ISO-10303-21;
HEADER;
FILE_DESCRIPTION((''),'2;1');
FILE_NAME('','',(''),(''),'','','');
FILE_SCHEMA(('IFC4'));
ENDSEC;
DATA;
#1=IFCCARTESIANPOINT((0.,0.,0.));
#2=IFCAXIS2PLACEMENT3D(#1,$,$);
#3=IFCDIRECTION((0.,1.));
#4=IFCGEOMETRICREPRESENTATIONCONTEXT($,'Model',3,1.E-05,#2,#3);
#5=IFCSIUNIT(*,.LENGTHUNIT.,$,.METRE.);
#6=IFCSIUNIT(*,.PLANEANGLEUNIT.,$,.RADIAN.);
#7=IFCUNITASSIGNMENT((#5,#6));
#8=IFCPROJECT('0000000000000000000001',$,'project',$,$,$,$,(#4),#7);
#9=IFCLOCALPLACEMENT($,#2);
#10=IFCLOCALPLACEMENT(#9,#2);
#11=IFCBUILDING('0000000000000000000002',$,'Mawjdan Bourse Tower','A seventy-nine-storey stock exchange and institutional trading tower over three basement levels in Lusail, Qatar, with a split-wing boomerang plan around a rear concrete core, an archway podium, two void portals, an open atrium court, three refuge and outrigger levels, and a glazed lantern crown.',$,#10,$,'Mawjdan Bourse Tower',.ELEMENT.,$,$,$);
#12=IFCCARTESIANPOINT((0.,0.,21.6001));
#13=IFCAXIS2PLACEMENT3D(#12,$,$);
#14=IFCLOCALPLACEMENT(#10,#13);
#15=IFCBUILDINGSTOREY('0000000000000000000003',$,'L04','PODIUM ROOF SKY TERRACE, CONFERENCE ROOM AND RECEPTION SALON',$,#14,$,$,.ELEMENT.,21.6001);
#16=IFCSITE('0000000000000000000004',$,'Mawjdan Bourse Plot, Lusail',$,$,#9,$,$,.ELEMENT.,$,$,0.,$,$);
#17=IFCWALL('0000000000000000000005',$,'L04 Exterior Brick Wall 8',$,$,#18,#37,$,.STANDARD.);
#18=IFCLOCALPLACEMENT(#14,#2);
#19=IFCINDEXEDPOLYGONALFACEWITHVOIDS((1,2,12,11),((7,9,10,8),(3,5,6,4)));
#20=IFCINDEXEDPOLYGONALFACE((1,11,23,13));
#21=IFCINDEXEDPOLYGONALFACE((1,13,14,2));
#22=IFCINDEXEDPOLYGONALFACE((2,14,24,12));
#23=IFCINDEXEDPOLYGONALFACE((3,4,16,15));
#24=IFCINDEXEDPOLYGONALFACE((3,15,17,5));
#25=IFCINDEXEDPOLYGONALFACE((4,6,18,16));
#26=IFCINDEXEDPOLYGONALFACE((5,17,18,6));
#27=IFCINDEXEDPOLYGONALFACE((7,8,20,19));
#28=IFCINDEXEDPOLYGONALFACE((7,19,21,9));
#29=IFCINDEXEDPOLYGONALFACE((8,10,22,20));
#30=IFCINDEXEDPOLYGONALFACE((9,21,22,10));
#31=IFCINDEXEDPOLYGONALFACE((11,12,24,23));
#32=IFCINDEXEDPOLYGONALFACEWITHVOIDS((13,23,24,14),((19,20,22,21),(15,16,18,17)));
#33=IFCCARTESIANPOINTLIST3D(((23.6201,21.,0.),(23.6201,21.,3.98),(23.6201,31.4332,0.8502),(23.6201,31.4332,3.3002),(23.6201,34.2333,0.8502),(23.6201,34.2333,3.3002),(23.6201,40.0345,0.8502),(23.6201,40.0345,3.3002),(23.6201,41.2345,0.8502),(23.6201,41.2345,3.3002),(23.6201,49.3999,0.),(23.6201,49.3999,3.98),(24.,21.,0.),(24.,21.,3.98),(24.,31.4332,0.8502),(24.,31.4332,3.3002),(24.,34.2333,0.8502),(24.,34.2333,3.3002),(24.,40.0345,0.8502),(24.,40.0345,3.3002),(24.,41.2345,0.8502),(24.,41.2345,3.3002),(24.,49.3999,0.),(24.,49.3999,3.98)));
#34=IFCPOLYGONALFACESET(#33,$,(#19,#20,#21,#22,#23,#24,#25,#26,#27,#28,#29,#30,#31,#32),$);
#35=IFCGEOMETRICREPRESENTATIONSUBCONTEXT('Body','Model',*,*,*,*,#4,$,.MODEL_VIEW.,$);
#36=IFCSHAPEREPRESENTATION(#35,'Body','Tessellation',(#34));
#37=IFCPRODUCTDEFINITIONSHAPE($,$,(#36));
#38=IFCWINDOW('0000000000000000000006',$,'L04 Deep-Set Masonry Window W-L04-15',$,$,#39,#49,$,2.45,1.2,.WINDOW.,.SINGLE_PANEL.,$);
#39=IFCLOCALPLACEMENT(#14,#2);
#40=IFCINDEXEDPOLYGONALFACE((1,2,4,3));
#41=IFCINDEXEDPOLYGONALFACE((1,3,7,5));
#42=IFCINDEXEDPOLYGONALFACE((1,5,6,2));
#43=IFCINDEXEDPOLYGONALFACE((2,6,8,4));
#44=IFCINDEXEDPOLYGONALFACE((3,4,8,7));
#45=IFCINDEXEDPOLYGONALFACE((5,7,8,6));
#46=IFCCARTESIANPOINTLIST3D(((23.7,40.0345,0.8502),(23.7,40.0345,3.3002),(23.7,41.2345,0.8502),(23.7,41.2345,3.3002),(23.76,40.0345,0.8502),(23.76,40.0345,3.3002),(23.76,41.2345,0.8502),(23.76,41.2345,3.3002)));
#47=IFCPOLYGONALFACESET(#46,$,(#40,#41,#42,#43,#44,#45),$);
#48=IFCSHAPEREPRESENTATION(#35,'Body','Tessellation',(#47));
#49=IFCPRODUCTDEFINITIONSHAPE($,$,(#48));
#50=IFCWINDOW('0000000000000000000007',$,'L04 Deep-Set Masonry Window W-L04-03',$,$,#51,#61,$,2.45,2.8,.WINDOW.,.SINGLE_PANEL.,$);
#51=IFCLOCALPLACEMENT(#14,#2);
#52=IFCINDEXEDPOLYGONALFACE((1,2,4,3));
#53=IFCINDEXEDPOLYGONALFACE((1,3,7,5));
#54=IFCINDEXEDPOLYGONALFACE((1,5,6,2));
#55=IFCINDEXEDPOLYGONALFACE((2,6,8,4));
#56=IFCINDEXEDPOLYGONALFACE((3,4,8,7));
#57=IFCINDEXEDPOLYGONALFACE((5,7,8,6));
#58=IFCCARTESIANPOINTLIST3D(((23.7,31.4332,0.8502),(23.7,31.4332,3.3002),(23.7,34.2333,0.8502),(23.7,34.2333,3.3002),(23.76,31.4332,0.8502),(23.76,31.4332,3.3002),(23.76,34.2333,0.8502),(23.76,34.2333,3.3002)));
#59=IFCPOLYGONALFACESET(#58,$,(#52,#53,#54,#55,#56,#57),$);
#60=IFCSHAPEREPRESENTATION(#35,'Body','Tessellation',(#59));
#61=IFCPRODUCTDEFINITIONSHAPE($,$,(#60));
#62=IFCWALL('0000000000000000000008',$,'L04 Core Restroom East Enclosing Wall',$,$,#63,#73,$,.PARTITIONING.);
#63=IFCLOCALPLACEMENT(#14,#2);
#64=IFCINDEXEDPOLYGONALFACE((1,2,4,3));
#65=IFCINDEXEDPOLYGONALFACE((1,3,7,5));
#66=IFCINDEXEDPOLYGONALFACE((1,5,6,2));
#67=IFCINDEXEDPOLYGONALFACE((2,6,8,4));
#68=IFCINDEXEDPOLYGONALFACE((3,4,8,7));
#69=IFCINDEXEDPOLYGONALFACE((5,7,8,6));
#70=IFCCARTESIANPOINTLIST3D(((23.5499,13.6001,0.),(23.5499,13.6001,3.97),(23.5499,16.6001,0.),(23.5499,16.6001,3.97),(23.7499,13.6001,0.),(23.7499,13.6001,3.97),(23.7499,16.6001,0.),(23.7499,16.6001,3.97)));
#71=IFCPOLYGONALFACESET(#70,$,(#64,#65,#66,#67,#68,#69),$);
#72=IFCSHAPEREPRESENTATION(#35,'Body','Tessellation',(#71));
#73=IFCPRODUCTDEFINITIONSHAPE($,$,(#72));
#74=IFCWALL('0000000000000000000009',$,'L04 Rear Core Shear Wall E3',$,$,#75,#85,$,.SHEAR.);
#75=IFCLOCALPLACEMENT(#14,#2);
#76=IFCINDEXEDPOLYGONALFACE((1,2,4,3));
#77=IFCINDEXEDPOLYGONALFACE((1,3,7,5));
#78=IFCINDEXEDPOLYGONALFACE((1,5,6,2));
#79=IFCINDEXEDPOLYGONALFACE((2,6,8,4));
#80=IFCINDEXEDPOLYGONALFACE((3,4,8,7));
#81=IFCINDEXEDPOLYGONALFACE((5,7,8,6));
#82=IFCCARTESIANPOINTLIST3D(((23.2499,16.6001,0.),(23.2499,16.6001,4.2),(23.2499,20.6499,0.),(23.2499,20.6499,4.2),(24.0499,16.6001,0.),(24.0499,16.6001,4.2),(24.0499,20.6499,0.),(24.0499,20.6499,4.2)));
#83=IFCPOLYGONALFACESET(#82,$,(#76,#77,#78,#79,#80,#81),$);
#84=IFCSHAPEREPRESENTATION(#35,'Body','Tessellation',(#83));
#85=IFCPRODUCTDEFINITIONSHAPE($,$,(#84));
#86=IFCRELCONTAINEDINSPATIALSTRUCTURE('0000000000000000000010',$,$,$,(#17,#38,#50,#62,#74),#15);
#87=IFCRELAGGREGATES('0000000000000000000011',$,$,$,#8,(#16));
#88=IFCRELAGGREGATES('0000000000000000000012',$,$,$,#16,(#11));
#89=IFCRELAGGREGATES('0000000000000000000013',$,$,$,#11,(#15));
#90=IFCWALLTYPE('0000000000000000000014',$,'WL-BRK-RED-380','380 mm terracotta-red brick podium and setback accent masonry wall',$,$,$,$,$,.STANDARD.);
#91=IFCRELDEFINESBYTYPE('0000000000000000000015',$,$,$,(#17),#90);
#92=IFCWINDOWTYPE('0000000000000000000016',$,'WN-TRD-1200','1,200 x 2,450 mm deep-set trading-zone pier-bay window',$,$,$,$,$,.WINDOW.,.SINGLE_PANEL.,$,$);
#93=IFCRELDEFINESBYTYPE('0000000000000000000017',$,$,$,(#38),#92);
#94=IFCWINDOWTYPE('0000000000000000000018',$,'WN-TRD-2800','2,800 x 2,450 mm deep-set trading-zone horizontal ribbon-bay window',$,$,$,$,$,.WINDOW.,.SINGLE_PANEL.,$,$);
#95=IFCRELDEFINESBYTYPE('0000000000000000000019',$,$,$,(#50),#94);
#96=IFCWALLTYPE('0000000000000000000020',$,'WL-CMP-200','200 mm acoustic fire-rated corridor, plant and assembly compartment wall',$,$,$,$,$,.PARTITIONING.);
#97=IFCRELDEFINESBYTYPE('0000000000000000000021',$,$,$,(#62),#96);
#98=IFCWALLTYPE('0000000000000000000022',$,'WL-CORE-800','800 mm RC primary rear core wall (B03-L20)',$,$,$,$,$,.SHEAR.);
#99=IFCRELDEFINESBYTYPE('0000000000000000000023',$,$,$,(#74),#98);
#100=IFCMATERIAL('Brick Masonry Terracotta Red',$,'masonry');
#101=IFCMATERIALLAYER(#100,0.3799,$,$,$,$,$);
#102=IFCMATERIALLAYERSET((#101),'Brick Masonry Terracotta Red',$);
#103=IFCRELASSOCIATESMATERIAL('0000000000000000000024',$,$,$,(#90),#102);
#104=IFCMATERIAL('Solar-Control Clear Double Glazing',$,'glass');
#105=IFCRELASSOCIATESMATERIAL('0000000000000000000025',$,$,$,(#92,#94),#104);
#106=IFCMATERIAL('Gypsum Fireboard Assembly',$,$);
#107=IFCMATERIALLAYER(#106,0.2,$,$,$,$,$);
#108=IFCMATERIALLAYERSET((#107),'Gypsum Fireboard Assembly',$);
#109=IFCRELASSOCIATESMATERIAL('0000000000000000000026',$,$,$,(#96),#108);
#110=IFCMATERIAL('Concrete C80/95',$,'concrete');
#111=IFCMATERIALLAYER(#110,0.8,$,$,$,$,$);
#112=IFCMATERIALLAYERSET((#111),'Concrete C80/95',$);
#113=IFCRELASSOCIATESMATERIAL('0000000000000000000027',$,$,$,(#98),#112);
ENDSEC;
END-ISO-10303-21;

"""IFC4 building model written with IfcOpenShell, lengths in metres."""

from ifc_helpers import new_model, si_unit, direction, frame, frame_2d, origin, place, context, subcontext, project, spatial, rectangle, extrude, material, layer, layer_set, type_object, element, fill, save


model = new_model("IFC4")

# Units and contexts
model_context = context("Model", 3, precision=1e-05, world=origin(), true_north=direction((0.0, 1.0)))
body_context = subcontext(model_context, "Body", "Model", "MODEL_VIEW")
ifc_project = project(units=[si_unit("LENGTHUNIT", "METRE"), si_unit("PLANEANGLEUNIT", "RADIAN")], contexts=[model_context])

# Site, building, storey
site_placement = place(None, origin())
site = spatial("IfcSite", under=ifc_project, at=site_placement, Name="Mawjdan Bourse Plot, Lusail", CompositionType="ELEMENT", RefElevation=0.0)
building_placement = place(site_placement, origin())
building = spatial("IfcBuilding", under=site, at=building_placement, Name="Mawjdan Bourse Tower", Description="A seventy-nine-storey stock exchange and institutional trading tower over three basement levels in Lusail, Qatar, with a split-wing boomerang plan around a rear concrete core, an archway podium, two void portals, an open atrium court, three refuge and outrigger levels, and a glazed lantern crown.", LongName="Mawjdan Bourse Tower", CompositionType="ELEMENT")
storey_placement = place(building_placement, frame((0.0, 0.0, 21.6001)))
storey = spatial("IfcBuildingStorey", under=building, at=storey_placement, Name="L04", Description="PODIUM ROOF SKY TERRACE, CONFERENCE ROOM AND RECEPTION SALON", CompositionType="ELEMENT", Elevation=21.6001)

# Shared definitions
ifc_material_1 = material(Name="Concrete C80/95", Category="concrete")

# Wall, openings, windows
ifc_material_2 = material(Name="Brick Masonry Terracotta Red", Category="masonry")
ifc_layer_1 = layer(ifc_material_2, 0.3799)
ifc_layer_set_1 = layer_set([ifc_layer_1], Name="Brick Masonry Terracotta Red")
wall_type_1 = type_object("IfcWallType", Name="WL-BRK-RED-380", Description="380 mm terracotta-red brick podium and setback accent masonry wall", PredefinedType="STANDARD", material=ifc_layer_set_1)
wall_1_placement = place(storey_placement, frame((23.8101, 21.0, 0.0), z_axis=(0.0, 0.0, 1.0), x_axis=(0.0, 1.0, 0.0)))
wall_1 = element("IfcWall", 1, at=wall_1_placement, inside=storey, type_object=wall_type_1, Name="L04 Exterior Brick Wall 8", PredefinedType="STANDARD", context=body_context, shape_type="SweptSolid", body=[
    extrude(rectangle(XDim=28.3999, YDim=0.3799, at=frame_2d((14.2, 0.0))), origin(), (0.0, 0.0, 1.0), 3.98),
])
opening_1_placement = place(wall_1_placement, frame((10.4333, 0.0, 0.8501)))
opening_1 = element("IfcOpeningElement", 2, at=opening_1_placement, cuts=wall_1, PredefinedType="OPENING", context=body_context, shape_type="SweptSolid", body=[
    extrude(rectangle(XDim=2.8, YDim=2.45, at=frame_2d((1.3999, 1.2251))), frame((0.0, 0.2, 0.0), z_axis=(0.0, -1.0, 0.0), x_axis=(1.0, 0.0, 0.0)), (0.0, 0.0, 1.0), 0.3999),
])
opening_2_placement = place(wall_1_placement, frame((19.0344, 0.0, 0.8501)))
opening_2 = element("IfcOpeningElement", 3, at=opening_2_placement, cuts=wall_1, PredefinedType="OPENING", context=body_context, shape_type="SweptSolid", body=[
    extrude(rectangle(XDim=1.2, YDim=2.45, at=frame_2d((0.6001, 1.2251))), frame((0.0, 0.2, 0.0), z_axis=(0.0, -1.0, 0.0), x_axis=(1.0, 0.0, 0.0)), (0.0, 0.0, 1.0), 0.3999),
])
ifc_material_3 = material(Name="Solar-Control Clear Double Glazing", Category="glass")
window_type_1 = type_object("IfcWindowType", Name="WN-TRD-1200", Description="1,200 x 2,450 mm deep-set trading-zone pier-bay window", PartitioningType="SINGLE_PANEL", PredefinedType="WINDOW", material=ifc_material_3)
window_1_placement = place(opening_2_placement, origin())
window_1 = element("IfcWindow", 4, at=window_1_placement, inside=storey, type_object=window_type_1, Name="L04 Deep-Set Masonry Window W-L04-15", OverallHeight=2.45, OverallWidth=1.2, PartitioningType="SINGLE_PANEL", PredefinedType="WINDOW", context=body_context, shape_type="SweptSolid", body=[
    extrude(rectangle(XDim=1.2, YDim=2.45, at=frame_2d((0.6001, 1.2251))), frame((0.0, 0.1101, 0.0), z_axis=(0.0, -1.0, 0.0), x_axis=(1.0, 0.0, 0.0)), (0.0, 0.0, 1.0), 0.0601),
])
fill(opening_2, window_1)
window_type_2 = type_object("IfcWindowType", Name="WN-TRD-2800", Description="2,800 x 2,450 mm deep-set trading-zone horizontal ribbon-bay window", PartitioningType="SINGLE_PANEL", PredefinedType="WINDOW", material=ifc_material_3)
window_2_placement = place(opening_1_placement, origin())
window_2 = element("IfcWindow", 5, at=window_2_placement, inside=storey, type_object=window_type_2, Name="L04 Deep-Set Masonry Window W-L04-03", OverallHeight=2.45, OverallWidth=2.8, PartitioningType="SINGLE_PANEL", PredefinedType="WINDOW", context=body_context, shape_type="SweptSolid", body=[
    extrude(rectangle(XDim=2.8, YDim=2.45, at=frame_2d((1.3999, 1.2251))), frame((0.0, 0.1101, 0.0), z_axis=(0.0, -1.0, 0.0), x_axis=(1.0, 0.0, 0.0)), (0.0, 0.0, 1.0), 0.0601),
])
fill(opening_1, window_2)

# Wall
ifc_material_4 = material(Name="Gypsum Fireboard Assembly")
ifc_layer_2 = layer(ifc_material_4, 0.2)
ifc_layer_set_2 = layer_set([ifc_layer_2], Name="Gypsum Fireboard Assembly")
wall_type_2 = type_object("IfcWallType", Name="WL-CMP-200", Description="200 mm acoustic fire-rated corridor, plant and assembly compartment wall", PredefinedType="PARTITIONING", material=ifc_layer_set_2)
wall_2_placement = place(storey_placement, frame((23.6499, 13.6001, 0.0), z_axis=(0.0, 0.0, 1.0), x_axis=(0.0, 1.0, 0.0)))
element("IfcWall", 6, at=wall_2_placement, inside=storey, type_object=wall_type_2, Name="L04 Core Restroom East Enclosing Wall", PredefinedType="PARTITIONING", context=body_context, shape_type="SweptSolid", body=[
    extrude(rectangle(XDim=3.0, YDim=0.2, at=frame_2d((1.5, 0.0))), origin(), (0.0, 0.0, 1.0), 3.97),
])

# Wall
ifc_layer_3 = layer(ifc_material_1, 0.8)
ifc_layer_set_3 = layer_set([ifc_layer_3], Name="Concrete C80/95")
wall_type_3 = type_object("IfcWallType", Name="WL-CORE-800", Description="800 mm RC primary rear core wall (B03-L20)", PredefinedType="SHEAR", material=ifc_layer_set_3)
wall_3_placement = place(storey_placement, frame((23.6499, 16.6001, 0.0), z_axis=(0.0, 0.0, 1.0), x_axis=(0.0, 1.0, 0.0)))
element("IfcWall", 7, at=wall_3_placement, inside=storey, type_object=wall_type_3, Name="L04 Rear Core Shear Wall E3", PredefinedType="SHEAR", context=body_context, shape_type="SweptSolid", body=[
    extrude(rectangle(XDim=4.0498, YDim=0.8, at=frame_2d((2.0249, 0.0))), origin(), (0.0, 0.0, 1.0), 4.2),
])

save(model, "model.ifc")
